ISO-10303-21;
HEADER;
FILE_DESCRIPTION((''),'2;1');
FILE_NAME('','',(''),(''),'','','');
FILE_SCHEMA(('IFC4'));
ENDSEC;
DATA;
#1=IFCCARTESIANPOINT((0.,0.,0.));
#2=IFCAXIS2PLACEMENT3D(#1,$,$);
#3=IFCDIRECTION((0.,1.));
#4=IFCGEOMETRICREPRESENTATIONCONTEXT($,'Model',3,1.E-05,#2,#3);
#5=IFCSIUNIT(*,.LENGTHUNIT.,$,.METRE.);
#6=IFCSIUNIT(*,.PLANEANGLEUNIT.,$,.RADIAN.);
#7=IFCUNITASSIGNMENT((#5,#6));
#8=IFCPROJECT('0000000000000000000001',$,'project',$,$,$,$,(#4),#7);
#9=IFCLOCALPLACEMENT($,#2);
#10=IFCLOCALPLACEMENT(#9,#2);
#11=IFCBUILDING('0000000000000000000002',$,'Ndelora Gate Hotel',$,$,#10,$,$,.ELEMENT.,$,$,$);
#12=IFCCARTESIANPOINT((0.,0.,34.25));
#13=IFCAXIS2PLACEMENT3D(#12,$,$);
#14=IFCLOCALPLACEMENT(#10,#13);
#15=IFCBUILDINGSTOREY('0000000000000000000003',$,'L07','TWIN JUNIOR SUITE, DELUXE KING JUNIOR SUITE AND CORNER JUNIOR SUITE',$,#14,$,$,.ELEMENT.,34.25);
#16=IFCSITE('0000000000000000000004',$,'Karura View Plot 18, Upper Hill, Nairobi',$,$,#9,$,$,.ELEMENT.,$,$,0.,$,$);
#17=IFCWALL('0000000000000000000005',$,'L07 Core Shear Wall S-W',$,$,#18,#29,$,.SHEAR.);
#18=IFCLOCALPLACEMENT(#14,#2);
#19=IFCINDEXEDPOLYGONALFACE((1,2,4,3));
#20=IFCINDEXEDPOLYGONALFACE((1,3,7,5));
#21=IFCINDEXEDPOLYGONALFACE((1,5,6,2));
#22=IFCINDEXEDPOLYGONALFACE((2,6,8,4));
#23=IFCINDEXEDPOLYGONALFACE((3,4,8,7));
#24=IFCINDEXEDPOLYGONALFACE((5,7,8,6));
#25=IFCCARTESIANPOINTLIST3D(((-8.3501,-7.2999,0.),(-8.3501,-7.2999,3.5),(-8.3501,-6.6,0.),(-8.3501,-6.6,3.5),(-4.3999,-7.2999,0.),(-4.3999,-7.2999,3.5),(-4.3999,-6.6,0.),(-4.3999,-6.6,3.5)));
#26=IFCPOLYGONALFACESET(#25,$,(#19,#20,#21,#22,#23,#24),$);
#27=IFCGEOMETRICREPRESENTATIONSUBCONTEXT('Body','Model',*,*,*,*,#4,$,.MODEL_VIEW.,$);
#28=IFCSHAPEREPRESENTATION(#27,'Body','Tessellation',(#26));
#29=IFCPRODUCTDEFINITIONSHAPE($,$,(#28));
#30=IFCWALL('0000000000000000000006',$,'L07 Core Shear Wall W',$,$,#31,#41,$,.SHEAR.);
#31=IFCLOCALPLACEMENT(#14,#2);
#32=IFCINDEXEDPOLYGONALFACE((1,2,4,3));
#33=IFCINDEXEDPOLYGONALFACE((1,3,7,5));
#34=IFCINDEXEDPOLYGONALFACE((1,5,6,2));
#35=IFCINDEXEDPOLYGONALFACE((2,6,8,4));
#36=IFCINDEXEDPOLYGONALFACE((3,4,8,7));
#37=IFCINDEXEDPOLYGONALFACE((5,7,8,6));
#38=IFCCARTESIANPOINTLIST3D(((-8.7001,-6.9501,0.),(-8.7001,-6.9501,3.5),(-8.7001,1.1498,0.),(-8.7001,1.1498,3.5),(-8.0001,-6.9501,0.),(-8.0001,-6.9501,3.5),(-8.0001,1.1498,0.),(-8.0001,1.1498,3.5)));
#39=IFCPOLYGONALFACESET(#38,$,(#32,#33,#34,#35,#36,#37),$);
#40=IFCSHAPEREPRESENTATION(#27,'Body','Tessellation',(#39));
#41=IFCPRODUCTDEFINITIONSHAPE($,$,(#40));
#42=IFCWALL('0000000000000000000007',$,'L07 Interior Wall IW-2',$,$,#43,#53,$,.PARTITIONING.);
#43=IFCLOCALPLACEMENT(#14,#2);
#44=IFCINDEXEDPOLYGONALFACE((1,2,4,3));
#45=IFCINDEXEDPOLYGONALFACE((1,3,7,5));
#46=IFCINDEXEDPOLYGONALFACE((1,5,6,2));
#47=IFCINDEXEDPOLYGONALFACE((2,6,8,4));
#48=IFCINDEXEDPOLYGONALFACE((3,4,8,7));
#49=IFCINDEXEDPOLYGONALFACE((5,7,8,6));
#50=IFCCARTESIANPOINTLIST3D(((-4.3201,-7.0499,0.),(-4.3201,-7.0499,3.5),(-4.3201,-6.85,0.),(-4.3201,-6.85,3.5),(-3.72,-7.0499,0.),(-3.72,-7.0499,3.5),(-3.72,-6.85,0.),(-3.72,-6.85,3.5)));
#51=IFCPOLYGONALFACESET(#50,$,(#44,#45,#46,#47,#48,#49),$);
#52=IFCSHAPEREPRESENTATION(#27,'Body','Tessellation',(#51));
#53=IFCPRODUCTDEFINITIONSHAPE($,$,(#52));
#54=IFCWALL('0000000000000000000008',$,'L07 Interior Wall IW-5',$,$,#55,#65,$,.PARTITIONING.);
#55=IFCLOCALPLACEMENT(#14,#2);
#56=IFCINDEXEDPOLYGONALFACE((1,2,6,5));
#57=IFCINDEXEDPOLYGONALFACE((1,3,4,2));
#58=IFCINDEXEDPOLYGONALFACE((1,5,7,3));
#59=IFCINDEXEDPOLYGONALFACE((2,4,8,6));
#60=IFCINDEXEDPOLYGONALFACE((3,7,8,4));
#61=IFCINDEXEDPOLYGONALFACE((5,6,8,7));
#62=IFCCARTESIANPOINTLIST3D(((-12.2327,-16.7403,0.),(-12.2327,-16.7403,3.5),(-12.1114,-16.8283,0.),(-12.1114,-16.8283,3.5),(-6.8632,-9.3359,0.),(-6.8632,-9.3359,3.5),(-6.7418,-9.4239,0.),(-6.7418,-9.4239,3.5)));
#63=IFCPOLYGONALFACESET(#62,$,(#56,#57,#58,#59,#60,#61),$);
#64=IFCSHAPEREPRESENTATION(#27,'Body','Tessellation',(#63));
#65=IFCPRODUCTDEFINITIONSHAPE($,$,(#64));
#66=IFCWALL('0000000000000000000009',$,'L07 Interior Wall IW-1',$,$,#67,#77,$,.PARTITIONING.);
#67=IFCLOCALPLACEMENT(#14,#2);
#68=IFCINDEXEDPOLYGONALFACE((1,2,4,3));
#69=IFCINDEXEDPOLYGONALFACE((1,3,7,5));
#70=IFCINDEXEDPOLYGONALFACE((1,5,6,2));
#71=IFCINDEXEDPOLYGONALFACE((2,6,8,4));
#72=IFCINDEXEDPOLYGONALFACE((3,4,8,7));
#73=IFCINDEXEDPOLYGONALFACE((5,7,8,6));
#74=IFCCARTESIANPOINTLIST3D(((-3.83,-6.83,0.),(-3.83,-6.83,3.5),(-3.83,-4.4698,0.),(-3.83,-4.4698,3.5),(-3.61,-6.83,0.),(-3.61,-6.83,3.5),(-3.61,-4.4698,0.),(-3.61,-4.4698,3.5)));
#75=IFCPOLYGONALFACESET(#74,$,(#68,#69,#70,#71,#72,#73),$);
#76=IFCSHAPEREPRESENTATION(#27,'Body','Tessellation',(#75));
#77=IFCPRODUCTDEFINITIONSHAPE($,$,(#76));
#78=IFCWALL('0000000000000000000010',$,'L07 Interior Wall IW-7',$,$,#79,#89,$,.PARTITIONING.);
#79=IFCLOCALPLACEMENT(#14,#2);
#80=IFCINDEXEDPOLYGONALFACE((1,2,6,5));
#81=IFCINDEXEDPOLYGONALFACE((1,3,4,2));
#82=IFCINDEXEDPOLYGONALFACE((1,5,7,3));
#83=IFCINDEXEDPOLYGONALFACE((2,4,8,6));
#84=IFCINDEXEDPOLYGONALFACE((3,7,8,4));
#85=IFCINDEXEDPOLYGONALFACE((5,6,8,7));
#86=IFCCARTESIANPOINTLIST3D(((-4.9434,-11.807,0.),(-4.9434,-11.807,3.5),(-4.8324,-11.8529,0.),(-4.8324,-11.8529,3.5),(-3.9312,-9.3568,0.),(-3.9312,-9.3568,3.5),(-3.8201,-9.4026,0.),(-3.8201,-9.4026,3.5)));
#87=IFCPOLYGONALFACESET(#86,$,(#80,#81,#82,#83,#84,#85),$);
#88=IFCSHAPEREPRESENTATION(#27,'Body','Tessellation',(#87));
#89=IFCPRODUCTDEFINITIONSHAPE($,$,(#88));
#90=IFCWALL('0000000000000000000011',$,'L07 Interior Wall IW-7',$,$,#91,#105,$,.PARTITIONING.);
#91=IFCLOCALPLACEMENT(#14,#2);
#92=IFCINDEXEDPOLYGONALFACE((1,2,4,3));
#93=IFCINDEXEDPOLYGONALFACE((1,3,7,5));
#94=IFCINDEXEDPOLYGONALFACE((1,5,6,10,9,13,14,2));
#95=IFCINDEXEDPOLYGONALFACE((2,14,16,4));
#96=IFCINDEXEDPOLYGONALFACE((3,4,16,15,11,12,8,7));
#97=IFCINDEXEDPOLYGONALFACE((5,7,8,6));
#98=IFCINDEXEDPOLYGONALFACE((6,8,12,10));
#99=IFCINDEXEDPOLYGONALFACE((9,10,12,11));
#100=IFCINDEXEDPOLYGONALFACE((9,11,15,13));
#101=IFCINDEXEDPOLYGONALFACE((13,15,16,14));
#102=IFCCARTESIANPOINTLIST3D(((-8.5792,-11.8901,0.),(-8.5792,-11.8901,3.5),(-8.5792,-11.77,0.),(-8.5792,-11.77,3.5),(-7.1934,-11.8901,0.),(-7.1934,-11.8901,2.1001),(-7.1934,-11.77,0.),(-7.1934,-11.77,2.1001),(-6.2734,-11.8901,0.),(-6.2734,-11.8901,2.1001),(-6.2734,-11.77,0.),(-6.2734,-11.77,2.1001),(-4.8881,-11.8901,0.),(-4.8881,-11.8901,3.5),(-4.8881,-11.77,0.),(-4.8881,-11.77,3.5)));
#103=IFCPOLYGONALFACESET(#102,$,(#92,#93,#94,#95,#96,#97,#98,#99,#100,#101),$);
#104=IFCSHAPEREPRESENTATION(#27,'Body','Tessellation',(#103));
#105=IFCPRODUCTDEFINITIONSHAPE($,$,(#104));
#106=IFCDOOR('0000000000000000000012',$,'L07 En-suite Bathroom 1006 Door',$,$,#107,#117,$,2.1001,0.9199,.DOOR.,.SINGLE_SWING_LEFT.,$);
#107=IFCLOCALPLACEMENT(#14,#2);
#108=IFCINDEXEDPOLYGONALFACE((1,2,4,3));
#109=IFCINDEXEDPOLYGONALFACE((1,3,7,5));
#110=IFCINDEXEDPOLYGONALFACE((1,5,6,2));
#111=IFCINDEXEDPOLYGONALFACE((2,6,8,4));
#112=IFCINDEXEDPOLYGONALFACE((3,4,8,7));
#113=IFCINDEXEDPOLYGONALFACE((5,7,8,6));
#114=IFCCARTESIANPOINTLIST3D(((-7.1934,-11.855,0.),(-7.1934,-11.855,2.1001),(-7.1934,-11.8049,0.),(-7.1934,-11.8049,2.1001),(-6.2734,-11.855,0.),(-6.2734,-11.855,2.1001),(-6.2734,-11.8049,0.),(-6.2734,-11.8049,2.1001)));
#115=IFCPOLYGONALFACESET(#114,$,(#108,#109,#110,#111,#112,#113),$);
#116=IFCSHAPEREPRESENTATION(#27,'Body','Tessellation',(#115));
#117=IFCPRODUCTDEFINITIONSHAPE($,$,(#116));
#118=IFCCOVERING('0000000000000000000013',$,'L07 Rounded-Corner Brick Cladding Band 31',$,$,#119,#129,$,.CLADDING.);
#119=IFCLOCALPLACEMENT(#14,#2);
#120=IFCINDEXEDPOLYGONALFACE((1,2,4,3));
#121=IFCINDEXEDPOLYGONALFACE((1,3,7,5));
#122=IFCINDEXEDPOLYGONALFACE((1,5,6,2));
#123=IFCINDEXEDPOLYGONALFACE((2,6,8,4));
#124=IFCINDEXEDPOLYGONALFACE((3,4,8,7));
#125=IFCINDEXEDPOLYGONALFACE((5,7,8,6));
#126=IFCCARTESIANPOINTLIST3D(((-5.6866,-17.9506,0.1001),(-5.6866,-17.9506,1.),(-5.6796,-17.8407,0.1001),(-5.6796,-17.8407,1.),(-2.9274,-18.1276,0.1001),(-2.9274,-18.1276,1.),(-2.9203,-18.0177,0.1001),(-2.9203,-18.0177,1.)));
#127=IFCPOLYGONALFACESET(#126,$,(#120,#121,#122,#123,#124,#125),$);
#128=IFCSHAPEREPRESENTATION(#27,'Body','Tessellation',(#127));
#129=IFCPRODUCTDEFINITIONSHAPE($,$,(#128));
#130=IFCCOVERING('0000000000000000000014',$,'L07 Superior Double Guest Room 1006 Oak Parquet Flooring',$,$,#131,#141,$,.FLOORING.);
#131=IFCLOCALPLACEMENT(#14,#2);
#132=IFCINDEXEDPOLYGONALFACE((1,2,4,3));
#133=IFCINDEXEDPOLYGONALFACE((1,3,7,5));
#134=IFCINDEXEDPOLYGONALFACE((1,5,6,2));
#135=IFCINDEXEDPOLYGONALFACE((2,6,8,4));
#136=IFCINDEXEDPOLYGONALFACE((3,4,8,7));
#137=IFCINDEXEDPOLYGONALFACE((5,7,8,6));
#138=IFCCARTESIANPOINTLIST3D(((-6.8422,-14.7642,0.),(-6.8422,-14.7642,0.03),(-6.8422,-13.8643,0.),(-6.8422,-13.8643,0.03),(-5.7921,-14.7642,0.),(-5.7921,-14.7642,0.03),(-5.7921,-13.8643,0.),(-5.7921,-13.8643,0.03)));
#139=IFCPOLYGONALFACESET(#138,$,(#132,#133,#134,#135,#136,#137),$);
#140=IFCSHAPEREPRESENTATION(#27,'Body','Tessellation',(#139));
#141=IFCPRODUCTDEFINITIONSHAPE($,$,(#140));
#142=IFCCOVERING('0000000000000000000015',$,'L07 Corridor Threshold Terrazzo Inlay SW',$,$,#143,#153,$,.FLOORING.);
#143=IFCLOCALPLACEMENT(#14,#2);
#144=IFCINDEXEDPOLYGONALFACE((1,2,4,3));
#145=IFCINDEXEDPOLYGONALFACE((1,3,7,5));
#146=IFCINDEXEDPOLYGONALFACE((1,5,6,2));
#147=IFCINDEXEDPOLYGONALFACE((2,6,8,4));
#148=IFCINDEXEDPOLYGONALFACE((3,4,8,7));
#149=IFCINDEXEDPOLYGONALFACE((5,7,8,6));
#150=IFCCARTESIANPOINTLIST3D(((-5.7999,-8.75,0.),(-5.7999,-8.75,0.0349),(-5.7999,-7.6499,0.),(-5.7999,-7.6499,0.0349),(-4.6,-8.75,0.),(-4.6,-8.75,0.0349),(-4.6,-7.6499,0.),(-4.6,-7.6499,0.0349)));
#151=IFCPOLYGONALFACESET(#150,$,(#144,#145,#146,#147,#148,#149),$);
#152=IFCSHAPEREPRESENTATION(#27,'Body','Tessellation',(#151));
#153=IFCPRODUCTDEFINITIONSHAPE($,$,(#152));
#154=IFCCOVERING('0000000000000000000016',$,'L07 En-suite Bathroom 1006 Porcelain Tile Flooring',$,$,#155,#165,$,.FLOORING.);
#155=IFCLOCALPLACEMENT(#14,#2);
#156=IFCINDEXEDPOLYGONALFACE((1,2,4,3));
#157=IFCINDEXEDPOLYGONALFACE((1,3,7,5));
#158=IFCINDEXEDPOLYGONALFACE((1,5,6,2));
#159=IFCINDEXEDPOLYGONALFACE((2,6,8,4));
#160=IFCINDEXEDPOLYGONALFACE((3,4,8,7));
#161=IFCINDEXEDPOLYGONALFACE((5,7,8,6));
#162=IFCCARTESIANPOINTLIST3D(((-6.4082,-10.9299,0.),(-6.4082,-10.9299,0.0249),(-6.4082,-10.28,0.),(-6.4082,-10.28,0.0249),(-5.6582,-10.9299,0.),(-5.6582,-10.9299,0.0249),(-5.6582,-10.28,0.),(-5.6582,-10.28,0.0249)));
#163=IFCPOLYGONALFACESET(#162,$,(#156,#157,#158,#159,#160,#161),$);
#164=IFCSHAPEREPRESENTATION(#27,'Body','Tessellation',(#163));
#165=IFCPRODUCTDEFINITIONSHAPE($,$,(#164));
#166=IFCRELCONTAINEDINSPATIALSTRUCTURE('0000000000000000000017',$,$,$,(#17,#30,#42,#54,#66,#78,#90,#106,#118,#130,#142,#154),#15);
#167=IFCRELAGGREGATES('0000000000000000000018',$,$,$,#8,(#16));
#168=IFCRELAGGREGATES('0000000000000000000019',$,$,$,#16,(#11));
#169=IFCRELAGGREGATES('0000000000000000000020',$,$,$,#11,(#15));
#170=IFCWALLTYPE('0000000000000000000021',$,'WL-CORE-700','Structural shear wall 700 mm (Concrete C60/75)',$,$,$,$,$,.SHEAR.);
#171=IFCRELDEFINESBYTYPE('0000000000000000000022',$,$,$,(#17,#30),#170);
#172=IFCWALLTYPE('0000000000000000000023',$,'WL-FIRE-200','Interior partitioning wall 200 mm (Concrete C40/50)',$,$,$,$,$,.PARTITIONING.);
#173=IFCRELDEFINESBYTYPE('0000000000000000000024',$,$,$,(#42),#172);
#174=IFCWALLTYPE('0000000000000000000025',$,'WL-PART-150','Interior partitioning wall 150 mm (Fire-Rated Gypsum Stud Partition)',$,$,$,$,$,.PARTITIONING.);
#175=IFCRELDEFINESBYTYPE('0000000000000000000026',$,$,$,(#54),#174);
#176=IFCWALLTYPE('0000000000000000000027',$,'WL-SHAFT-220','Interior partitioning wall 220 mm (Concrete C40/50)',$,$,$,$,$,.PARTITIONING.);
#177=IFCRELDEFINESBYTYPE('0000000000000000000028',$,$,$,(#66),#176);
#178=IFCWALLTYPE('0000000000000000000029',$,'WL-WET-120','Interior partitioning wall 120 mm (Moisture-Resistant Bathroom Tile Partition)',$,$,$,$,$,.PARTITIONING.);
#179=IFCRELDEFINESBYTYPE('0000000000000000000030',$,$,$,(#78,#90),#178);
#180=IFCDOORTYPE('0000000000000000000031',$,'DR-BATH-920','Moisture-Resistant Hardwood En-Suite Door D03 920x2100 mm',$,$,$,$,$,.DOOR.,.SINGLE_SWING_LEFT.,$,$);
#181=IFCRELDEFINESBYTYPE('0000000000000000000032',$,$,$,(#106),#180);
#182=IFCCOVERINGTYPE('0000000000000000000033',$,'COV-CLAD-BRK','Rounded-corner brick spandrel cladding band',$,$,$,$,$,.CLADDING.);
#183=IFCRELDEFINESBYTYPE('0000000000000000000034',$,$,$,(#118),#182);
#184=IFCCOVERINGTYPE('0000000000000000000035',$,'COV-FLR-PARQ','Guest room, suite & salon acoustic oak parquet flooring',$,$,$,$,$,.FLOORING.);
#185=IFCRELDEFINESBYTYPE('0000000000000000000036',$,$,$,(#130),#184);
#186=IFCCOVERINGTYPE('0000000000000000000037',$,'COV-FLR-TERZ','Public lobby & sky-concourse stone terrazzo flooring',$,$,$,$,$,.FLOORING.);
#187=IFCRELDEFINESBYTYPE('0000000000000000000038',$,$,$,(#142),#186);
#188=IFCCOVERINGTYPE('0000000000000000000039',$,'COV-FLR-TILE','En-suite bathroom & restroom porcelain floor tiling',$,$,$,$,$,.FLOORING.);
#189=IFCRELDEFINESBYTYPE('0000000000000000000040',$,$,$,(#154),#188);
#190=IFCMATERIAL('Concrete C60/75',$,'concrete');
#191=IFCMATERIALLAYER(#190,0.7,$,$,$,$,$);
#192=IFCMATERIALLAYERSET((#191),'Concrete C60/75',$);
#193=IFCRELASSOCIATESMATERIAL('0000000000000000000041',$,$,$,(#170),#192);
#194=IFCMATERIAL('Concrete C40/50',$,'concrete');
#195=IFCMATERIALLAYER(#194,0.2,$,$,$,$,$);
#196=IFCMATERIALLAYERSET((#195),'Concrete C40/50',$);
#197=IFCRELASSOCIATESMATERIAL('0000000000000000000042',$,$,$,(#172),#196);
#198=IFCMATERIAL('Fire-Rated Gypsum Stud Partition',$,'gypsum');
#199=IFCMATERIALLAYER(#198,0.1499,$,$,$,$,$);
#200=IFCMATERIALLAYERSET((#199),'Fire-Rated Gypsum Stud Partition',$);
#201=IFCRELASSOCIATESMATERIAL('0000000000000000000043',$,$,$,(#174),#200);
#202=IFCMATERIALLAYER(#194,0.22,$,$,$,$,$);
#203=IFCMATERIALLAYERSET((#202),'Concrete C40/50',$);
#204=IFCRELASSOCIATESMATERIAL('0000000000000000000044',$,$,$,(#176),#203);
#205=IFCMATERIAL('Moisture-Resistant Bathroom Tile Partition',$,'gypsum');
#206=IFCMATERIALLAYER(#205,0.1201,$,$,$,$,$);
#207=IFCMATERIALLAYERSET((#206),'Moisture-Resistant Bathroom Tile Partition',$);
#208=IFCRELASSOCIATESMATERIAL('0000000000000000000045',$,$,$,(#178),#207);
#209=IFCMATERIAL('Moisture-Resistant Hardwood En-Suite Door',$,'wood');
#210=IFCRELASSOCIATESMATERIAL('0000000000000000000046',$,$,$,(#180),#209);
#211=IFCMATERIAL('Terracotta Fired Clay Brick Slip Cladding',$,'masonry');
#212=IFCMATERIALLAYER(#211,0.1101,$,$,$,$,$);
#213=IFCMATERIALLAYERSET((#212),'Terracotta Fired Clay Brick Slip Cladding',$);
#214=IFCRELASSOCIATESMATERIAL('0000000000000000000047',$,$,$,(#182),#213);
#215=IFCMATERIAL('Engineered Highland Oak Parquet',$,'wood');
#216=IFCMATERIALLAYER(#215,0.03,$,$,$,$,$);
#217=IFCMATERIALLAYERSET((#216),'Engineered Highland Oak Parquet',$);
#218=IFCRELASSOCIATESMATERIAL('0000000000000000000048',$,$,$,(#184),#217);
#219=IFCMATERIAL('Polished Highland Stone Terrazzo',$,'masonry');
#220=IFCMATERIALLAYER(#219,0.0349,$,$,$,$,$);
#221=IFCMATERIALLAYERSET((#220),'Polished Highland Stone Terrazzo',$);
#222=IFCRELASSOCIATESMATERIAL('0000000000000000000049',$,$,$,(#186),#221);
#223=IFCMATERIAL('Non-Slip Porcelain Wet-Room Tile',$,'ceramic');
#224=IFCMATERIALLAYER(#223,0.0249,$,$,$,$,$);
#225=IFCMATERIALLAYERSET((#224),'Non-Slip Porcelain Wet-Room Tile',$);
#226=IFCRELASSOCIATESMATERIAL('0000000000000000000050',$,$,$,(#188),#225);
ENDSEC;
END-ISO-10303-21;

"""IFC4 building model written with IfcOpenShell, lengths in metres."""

from ifc_helpers import new_model, si_unit, direction, frame, frame_2d, origin, origin_2d, place, context, subcontext, project, spatial, rectangle, extrude, material, layer, layer_set, type_object, element, fill, save


model = new_model("IFC4")

# Units and contexts
model_context = context("Model", 3, precision=1e-05, world=origin(), true_north=direction((0.0, 1.0)))
body_context = subcontext(model_context, "Body", "Model", "MODEL_VIEW")
ifc_project = project(units=[si_unit("LENGTHUNIT", "METRE"), si_unit("PLANEANGLEUNIT", "RADIAN")], contexts=[model_context])

# Site, building, storey
site_placement = place(None, origin())
site = spatial("IfcSite", under=ifc_project, at=site_placement, Name="Karura View Plot 18, Upper Hill, Nairobi", CompositionType="ELEMENT", RefElevation=0.0)
building_placement = place(site_placement, origin())
building = spatial("IfcBuilding", under=site, at=building_placement, Name="Ndelora Gate Hotel", CompositionType="ELEMENT")
storey_placement = place(building_placement, frame((0.0, 0.0, 34.25)))
storey = spatial("IfcBuildingStorey", under=building, at=storey_placement, Name="L07", Description="TWIN JUNIOR SUITE, DELUXE KING JUNIOR SUITE AND CORNER JUNIOR SUITE", CompositionType="ELEMENT", Elevation=34.25)

# Shared definitions
ifc_material_1 = material(Name="Concrete C60/75", Category="concrete")

# Walls
ifc_layer_1 = layer(ifc_material_1, 0.7)
ifc_layer_set_1 = layer_set([ifc_layer_1], Name="Concrete C60/75")
wall_type_1 = type_object("IfcWallType", Name="WL-CORE-700", Description="Structural shear wall 700 mm (Concrete C60/75)", PredefinedType="SHEAR", material=ifc_layer_set_1)
wall_1_placement = place(storey_placement, frame((-8.3501, -6.95, 0.0), z_axis=(0.0, 0.0, 1.0), x_axis=(1.0, 0.0, 0.0)))
element("IfcWall", 1, at=wall_1_placement, inside=storey, type_object=wall_type_1, Name="L07 Core Shear Wall S-W", PredefinedType="SHEAR", context=body_context, shape_type="SweptSolid", body=[
    extrude(rectangle(XDim=3.9502, YDim=0.7, at=frame_2d((1.9751, 0.0))), origin(), (0.0, 0.0, 1.0), 3.5),
])
wall_2_placement = place(storey_placement, frame((-8.3501, -6.95, 0.0), z_axis=(0.0, 0.0, 1.0), x_axis=(0.0, 1.0, 0.0)))
element("IfcWall", 2, at=wall_2_placement, inside=storey, type_object=wall_type_1, Name="L07 Core Shear Wall W", PredefinedType="SHEAR", context=body_context, shape_type="SweptSolid", body=[
    extrude(rectangle(XDim=8.0999, YDim=0.7, at=frame_2d((4.0498, 0.0))), origin(), (0.0, 0.0, 1.0), 3.5),
])
ifc_material_2 = material(Name="Concrete C40/50", Category="concrete")
ifc_layer_2 = layer(ifc_material_2, 0.2)
ifc_layer_set_2 = layer_set([ifc_layer_2], Name="Concrete C40/50")
wall_type_2 = type_object("IfcWallType", Name="WL-FIRE-200", Description="Interior partitioning wall 200 mm (Concrete C40/50)", PredefinedType="PARTITIONING", material=ifc_layer_set_2)
wall_3_placement = place(storey_placement, frame((-4.3201, -6.95, 0.0), z_axis=(0.0, 0.0, 1.0), x_axis=(1.0, 0.0, 0.0)))
element("IfcWall", 3, at=wall_3_placement, inside=storey, type_object=wall_type_2, Name="L07 Interior Wall IW-2", PredefinedType="PARTITIONING", context=body_context, shape_type="SweptSolid", body=[
    extrude(rectangle(XDim=0.6001, YDim=0.2, at=frame_2d((0.3, 0.0))), origin(), (0.0, 0.0, 1.0), 3.5),
])
ifc_material_3 = material(Name="Fire-Rated Gypsum Stud Partition", Category="gypsum")
ifc_layer_3 = layer(ifc_material_3, 0.1499)
ifc_layer_set_3 = layer_set([ifc_layer_3], Name="Fire-Rated Gypsum Stud Partition")
wall_type_3 = type_object("IfcWallType", Name="WL-PART-150", Description="Interior partitioning wall 150 mm (Fire-Rated Gypsum Stud Partition)", PredefinedType="PARTITIONING", material=ifc_layer_set_3)
wall_4_placement = place(storey_placement, frame((-6.8025, -9.3799, 0.0), z_axis=(0.0, 0.0, 1.0), x_axis=(-0.587063, -0.809541, 0.0)))
element("IfcWall", 4, at=wall_4_placement, inside=storey, type_object=wall_type_3, Name="L07 Interior Wall IW-5", PredefinedType="PARTITIONING", context=body_context, shape_type="SweptSolid", body=[
    extrude(rectangle(XDim=9.1465, YDim=0.1499, at=frame_2d((4.5732, 0.0))), origin(), (0.0, 0.0, 1.0), 3.5),
])

# Shared definitions
ifc_layer_4 = layer(ifc_material_2, 0.22)
ifc_layer_set_4 = layer_set([ifc_layer_4], Name="Concrete C40/50")
wall_type_4 = type_object("IfcWallType", Name="WL-SHAFT-220", Description="Interior partitioning wall 220 mm (Concrete C40/50)", PredefinedType="PARTITIONING", material=ifc_layer_set_4)

# Walls
wall_5_placement = place(storey_placement, frame((-3.72, -6.8301, 0.0), z_axis=(0.0, 0.0, 1.0), x_axis=(0.0, 1.0, 0.0)))
element("IfcWall", 5, at=wall_5_placement, inside=storey, type_object=wall_type_4, Name="L07 Interior Wall IW-1", PredefinedType="PARTITIONING", context=body_context, shape_type="SweptSolid", body=[
    extrude(rectangle(XDim=2.3601, YDim=0.22, at=frame_2d((1.1802, 0.0))), origin(), (0.0, 0.0, 1.0), 3.5),
])
ifc_material_4 = material(Name="Moisture-Resistant Bathroom Tile Partition", Category="gypsum")
ifc_layer_5 = layer(ifc_material_4, 0.1201)
ifc_layer_set_5 = layer_set([ifc_layer_5], Name="Moisture-Resistant Bathroom Tile Partition")
wall_type_5 = type_object("IfcWallType", Name="WL-WET-120", Description="Interior partitioning wall 120 mm (Moisture-Resistant Bathroom Tile Partition)", PredefinedType="PARTITIONING", material=ifc_layer_set_5)
wall_6_placement = place(storey_placement, frame((-4.8879, -11.8301, 0.0), z_axis=(0.0, 0.0, 1.0), x_axis=(0.381815, 0.924239, 0.0)))
element("IfcWall", 6, at=wall_6_placement, inside=storey, type_object=wall_type_5, Name="L07 Interior Wall IW-7", PredefinedType="PARTITIONING", context=body_context, shape_type="SweptSolid", body=[
    extrude(rectangle(XDim=2.6511, YDim=0.1201, at=frame_2d((1.3257, 0.0))), origin(), (0.0, 0.0, 1.0), 3.5),
])

# Wall, opening, door
wall_7_placement = place(storey_placement, frame((-4.8879, -11.8301, 0.0), z_axis=(0.0, 0.0, 1.0), x_axis=(-1.0, 0.0, 0.0)))
wall_7 = element("IfcWall", 7, at=wall_7_placement, inside=storey, type_object=wall_type_5, Name="L07 Interior Wall IW-7", PredefinedType="PARTITIONING", context=body_context, shape_type="SweptSolid", body=[
    extrude(rectangle(XDim=3.6912, YDim=0.1201, at=frame_2d((1.8457, 0.0))), origin(), (0.0, 0.0, 1.0), 3.5),
])
opening_1_placement = place(wall_7_placement, frame((1.3855, 0.0, 0.0)))
opening_1 = element("IfcOpeningElement", 8, at=opening_1_placement, cuts=wall_7, PredefinedType="OPENING", context=body_context, shape_type="SweptSolid", body=[
    extrude(rectangle(XDim=0.9199, YDim=2.1001, at=frame_2d((0.46, 1.05))), frame((0.0, 0.0701, 0.0), z_axis=(0.0, -1.0, 0.0), x_axis=(1.0, 0.0, 0.0)), (0.0, 0.0, 1.0), 0.1401),
])
ifc_material_5 = material(Name="Moisture-Resistant Hardwood En-Suite Door", Category="wood")
door_type_1 = type_object("IfcDoorType", Name="DR-BATH-920", Description="Moisture-Resistant Hardwood En-Suite Door D03 920x2100 mm", OperationType="SINGLE_SWING_LEFT", PredefinedType="DOOR", material=ifc_material_5)
door_1_placement = place(opening_1_placement, origin())
door_1 = element("IfcDoor", 9, at=door_1_placement, inside=storey, type_object=door_type_1, Name="L07 En-suite Bathroom 1006 Door", OperationType="SINGLE_SWING_LEFT", OverallHeight=2.1001, OverallWidth=0.9199, PredefinedType="DOOR", context=body_context, shape_type="SweptSolid", body=[
    extrude(rectangle(XDim=0.9199, YDim=2.1001, at=frame_2d((0.46, 1.05))), frame((0.0, 0.0249, 0.0), z_axis=(0.0, -1.0, 0.0), x_axis=(1.0, 0.0, 0.0)), (0.0, 0.0, 1.0), 0.05),
])
fill(opening_1, door_1)

# Coverings
ifc_material_6 = material(Name="Terracotta Fired Clay Brick Slip Cladding", Category="masonry")
ifc_layer_6 = layer(ifc_material_6, 0.1101)
ifc_layer_set_6 = layer_set([ifc_layer_6], Name="Terracotta Fired Clay Brick Slip Cladding")
covering_type_1 = type_object("IfcCoveringType", Name="COV-CLAD-BRK", Description="Rounded-corner brick spandrel cladding band", PredefinedType="CLADDING", material=ifc_layer_set_6)
covering_1_placement = place(storey_placement, frame((-4.3035, -17.9841, 0.1001), z_axis=(0.0, 0.0, 1.0), x_axis=(-0.997949, 0.06401, 0.0)))
element("IfcCovering", 10, at=covering_1_placement, inside=storey, type_object=covering_type_1, Name="L07 Rounded-Corner Brick Cladding Band 31", PredefinedType="CLADDING", context=body_context, shape_type="SweptSolid", body=[
    extrude(rectangle(XDim=2.7649, YDim=0.1101, at=origin_2d()), origin(), (0.0, 0.0, 1.0), 0.8999),
])
ifc_material_7 = material(Name="Engineered Highland Oak Parquet", Category="wood")
ifc_layer_7 = layer(ifc_material_7, 0.03)
ifc_layer_set_7 = layer_set([ifc_layer_7], Name="Engineered Highland Oak Parquet")
covering_type_2 = type_object("IfcCoveringType", Name="COV-FLR-PARQ", Description="Guest room, suite & salon acoustic oak parquet flooring", PredefinedType="FLOORING", material=ifc_layer_set_7)
covering_2_placement = place(storey_placement, frame((-6.3171, -14.3142, 0.0), z_axis=(0.0, 0.0, 1.0), x_axis=(1.0, 0.0, 0.0)))
element("IfcCovering", 11, at=covering_2_placement, inside=storey, type_object=covering_type_2, Name="L07 Superior Double Guest Room 1006 Oak Parquet Flooring", PredefinedType="FLOORING", context=body_context, shape_type="SweptSolid", body=[
    extrude(rectangle(XDim=1.05, YDim=0.8999, at=origin_2d()), origin(), (0.0, 0.0, 1.0), 0.03),
])
ifc_material_8 = material(Name="Polished Highland Stone Terrazzo", Category="masonry")
ifc_layer_8 = layer(ifc_material_8, 0.0349)
ifc_layer_set_8 = layer_set([ifc_layer_8], Name="Polished Highland Stone Terrazzo")
covering_type_3 = type_object("IfcCoveringType", Name="COV-FLR-TERZ", Description="Public lobby & sky-concourse stone terrazzo flooring", PredefinedType="FLOORING", material=ifc_layer_set_8)
covering_3_placement = place(storey_placement, frame((-5.2, -8.2, 0.0), z_axis=(0.0, 0.0, 1.0), x_axis=(1.0, 0.0, 0.0)))
element("IfcCovering", 12, at=covering_3_placement, inside=storey, type_object=covering_type_3, Name="L07 Corridor Threshold Terrazzo Inlay SW", PredefinedType="FLOORING", context=body_context, shape_type="SweptSolid", body=[
    extrude(rectangle(XDim=1.2, YDim=1.1001, at=origin_2d()), origin(), (0.0, 0.0, 1.0), 0.0349),
])
ifc_material_9 = material(Name="Non-Slip Porcelain Wet-Room Tile", Category="ceramic")
ifc_layer_9 = layer(ifc_material_9, 0.0249)
ifc_layer_set_9 = layer_set([ifc_layer_9], Name="Non-Slip Porcelain Wet-Room Tile")
covering_type_4 = type_object("IfcCoveringType", Name="COV-FLR-TILE", Description="En-suite bathroom & restroom porcelain floor tiling", PredefinedType="FLOORING", material=ifc_layer_set_9)
covering_4_placement = place(storey_placement, frame((-6.0332, -10.605, 0.0), z_axis=(0.0, 0.0, 1.0), x_axis=(1.0, 0.0, 0.0)))
element("IfcCovering", 13, at=covering_4_placement, inside=storey, type_object=covering_type_4, Name="L07 En-suite Bathroom 1006 Porcelain Tile Flooring", PredefinedType="FLOORING", context=body_context, shape_type="SweptSolid", body=[
    extrude(rectangle(XDim=0.75, YDim=0.6499, at=origin_2d()), origin(), (0.0, 0.0, 1.0), 0.0249),
])

save(model, "model.ifc")
